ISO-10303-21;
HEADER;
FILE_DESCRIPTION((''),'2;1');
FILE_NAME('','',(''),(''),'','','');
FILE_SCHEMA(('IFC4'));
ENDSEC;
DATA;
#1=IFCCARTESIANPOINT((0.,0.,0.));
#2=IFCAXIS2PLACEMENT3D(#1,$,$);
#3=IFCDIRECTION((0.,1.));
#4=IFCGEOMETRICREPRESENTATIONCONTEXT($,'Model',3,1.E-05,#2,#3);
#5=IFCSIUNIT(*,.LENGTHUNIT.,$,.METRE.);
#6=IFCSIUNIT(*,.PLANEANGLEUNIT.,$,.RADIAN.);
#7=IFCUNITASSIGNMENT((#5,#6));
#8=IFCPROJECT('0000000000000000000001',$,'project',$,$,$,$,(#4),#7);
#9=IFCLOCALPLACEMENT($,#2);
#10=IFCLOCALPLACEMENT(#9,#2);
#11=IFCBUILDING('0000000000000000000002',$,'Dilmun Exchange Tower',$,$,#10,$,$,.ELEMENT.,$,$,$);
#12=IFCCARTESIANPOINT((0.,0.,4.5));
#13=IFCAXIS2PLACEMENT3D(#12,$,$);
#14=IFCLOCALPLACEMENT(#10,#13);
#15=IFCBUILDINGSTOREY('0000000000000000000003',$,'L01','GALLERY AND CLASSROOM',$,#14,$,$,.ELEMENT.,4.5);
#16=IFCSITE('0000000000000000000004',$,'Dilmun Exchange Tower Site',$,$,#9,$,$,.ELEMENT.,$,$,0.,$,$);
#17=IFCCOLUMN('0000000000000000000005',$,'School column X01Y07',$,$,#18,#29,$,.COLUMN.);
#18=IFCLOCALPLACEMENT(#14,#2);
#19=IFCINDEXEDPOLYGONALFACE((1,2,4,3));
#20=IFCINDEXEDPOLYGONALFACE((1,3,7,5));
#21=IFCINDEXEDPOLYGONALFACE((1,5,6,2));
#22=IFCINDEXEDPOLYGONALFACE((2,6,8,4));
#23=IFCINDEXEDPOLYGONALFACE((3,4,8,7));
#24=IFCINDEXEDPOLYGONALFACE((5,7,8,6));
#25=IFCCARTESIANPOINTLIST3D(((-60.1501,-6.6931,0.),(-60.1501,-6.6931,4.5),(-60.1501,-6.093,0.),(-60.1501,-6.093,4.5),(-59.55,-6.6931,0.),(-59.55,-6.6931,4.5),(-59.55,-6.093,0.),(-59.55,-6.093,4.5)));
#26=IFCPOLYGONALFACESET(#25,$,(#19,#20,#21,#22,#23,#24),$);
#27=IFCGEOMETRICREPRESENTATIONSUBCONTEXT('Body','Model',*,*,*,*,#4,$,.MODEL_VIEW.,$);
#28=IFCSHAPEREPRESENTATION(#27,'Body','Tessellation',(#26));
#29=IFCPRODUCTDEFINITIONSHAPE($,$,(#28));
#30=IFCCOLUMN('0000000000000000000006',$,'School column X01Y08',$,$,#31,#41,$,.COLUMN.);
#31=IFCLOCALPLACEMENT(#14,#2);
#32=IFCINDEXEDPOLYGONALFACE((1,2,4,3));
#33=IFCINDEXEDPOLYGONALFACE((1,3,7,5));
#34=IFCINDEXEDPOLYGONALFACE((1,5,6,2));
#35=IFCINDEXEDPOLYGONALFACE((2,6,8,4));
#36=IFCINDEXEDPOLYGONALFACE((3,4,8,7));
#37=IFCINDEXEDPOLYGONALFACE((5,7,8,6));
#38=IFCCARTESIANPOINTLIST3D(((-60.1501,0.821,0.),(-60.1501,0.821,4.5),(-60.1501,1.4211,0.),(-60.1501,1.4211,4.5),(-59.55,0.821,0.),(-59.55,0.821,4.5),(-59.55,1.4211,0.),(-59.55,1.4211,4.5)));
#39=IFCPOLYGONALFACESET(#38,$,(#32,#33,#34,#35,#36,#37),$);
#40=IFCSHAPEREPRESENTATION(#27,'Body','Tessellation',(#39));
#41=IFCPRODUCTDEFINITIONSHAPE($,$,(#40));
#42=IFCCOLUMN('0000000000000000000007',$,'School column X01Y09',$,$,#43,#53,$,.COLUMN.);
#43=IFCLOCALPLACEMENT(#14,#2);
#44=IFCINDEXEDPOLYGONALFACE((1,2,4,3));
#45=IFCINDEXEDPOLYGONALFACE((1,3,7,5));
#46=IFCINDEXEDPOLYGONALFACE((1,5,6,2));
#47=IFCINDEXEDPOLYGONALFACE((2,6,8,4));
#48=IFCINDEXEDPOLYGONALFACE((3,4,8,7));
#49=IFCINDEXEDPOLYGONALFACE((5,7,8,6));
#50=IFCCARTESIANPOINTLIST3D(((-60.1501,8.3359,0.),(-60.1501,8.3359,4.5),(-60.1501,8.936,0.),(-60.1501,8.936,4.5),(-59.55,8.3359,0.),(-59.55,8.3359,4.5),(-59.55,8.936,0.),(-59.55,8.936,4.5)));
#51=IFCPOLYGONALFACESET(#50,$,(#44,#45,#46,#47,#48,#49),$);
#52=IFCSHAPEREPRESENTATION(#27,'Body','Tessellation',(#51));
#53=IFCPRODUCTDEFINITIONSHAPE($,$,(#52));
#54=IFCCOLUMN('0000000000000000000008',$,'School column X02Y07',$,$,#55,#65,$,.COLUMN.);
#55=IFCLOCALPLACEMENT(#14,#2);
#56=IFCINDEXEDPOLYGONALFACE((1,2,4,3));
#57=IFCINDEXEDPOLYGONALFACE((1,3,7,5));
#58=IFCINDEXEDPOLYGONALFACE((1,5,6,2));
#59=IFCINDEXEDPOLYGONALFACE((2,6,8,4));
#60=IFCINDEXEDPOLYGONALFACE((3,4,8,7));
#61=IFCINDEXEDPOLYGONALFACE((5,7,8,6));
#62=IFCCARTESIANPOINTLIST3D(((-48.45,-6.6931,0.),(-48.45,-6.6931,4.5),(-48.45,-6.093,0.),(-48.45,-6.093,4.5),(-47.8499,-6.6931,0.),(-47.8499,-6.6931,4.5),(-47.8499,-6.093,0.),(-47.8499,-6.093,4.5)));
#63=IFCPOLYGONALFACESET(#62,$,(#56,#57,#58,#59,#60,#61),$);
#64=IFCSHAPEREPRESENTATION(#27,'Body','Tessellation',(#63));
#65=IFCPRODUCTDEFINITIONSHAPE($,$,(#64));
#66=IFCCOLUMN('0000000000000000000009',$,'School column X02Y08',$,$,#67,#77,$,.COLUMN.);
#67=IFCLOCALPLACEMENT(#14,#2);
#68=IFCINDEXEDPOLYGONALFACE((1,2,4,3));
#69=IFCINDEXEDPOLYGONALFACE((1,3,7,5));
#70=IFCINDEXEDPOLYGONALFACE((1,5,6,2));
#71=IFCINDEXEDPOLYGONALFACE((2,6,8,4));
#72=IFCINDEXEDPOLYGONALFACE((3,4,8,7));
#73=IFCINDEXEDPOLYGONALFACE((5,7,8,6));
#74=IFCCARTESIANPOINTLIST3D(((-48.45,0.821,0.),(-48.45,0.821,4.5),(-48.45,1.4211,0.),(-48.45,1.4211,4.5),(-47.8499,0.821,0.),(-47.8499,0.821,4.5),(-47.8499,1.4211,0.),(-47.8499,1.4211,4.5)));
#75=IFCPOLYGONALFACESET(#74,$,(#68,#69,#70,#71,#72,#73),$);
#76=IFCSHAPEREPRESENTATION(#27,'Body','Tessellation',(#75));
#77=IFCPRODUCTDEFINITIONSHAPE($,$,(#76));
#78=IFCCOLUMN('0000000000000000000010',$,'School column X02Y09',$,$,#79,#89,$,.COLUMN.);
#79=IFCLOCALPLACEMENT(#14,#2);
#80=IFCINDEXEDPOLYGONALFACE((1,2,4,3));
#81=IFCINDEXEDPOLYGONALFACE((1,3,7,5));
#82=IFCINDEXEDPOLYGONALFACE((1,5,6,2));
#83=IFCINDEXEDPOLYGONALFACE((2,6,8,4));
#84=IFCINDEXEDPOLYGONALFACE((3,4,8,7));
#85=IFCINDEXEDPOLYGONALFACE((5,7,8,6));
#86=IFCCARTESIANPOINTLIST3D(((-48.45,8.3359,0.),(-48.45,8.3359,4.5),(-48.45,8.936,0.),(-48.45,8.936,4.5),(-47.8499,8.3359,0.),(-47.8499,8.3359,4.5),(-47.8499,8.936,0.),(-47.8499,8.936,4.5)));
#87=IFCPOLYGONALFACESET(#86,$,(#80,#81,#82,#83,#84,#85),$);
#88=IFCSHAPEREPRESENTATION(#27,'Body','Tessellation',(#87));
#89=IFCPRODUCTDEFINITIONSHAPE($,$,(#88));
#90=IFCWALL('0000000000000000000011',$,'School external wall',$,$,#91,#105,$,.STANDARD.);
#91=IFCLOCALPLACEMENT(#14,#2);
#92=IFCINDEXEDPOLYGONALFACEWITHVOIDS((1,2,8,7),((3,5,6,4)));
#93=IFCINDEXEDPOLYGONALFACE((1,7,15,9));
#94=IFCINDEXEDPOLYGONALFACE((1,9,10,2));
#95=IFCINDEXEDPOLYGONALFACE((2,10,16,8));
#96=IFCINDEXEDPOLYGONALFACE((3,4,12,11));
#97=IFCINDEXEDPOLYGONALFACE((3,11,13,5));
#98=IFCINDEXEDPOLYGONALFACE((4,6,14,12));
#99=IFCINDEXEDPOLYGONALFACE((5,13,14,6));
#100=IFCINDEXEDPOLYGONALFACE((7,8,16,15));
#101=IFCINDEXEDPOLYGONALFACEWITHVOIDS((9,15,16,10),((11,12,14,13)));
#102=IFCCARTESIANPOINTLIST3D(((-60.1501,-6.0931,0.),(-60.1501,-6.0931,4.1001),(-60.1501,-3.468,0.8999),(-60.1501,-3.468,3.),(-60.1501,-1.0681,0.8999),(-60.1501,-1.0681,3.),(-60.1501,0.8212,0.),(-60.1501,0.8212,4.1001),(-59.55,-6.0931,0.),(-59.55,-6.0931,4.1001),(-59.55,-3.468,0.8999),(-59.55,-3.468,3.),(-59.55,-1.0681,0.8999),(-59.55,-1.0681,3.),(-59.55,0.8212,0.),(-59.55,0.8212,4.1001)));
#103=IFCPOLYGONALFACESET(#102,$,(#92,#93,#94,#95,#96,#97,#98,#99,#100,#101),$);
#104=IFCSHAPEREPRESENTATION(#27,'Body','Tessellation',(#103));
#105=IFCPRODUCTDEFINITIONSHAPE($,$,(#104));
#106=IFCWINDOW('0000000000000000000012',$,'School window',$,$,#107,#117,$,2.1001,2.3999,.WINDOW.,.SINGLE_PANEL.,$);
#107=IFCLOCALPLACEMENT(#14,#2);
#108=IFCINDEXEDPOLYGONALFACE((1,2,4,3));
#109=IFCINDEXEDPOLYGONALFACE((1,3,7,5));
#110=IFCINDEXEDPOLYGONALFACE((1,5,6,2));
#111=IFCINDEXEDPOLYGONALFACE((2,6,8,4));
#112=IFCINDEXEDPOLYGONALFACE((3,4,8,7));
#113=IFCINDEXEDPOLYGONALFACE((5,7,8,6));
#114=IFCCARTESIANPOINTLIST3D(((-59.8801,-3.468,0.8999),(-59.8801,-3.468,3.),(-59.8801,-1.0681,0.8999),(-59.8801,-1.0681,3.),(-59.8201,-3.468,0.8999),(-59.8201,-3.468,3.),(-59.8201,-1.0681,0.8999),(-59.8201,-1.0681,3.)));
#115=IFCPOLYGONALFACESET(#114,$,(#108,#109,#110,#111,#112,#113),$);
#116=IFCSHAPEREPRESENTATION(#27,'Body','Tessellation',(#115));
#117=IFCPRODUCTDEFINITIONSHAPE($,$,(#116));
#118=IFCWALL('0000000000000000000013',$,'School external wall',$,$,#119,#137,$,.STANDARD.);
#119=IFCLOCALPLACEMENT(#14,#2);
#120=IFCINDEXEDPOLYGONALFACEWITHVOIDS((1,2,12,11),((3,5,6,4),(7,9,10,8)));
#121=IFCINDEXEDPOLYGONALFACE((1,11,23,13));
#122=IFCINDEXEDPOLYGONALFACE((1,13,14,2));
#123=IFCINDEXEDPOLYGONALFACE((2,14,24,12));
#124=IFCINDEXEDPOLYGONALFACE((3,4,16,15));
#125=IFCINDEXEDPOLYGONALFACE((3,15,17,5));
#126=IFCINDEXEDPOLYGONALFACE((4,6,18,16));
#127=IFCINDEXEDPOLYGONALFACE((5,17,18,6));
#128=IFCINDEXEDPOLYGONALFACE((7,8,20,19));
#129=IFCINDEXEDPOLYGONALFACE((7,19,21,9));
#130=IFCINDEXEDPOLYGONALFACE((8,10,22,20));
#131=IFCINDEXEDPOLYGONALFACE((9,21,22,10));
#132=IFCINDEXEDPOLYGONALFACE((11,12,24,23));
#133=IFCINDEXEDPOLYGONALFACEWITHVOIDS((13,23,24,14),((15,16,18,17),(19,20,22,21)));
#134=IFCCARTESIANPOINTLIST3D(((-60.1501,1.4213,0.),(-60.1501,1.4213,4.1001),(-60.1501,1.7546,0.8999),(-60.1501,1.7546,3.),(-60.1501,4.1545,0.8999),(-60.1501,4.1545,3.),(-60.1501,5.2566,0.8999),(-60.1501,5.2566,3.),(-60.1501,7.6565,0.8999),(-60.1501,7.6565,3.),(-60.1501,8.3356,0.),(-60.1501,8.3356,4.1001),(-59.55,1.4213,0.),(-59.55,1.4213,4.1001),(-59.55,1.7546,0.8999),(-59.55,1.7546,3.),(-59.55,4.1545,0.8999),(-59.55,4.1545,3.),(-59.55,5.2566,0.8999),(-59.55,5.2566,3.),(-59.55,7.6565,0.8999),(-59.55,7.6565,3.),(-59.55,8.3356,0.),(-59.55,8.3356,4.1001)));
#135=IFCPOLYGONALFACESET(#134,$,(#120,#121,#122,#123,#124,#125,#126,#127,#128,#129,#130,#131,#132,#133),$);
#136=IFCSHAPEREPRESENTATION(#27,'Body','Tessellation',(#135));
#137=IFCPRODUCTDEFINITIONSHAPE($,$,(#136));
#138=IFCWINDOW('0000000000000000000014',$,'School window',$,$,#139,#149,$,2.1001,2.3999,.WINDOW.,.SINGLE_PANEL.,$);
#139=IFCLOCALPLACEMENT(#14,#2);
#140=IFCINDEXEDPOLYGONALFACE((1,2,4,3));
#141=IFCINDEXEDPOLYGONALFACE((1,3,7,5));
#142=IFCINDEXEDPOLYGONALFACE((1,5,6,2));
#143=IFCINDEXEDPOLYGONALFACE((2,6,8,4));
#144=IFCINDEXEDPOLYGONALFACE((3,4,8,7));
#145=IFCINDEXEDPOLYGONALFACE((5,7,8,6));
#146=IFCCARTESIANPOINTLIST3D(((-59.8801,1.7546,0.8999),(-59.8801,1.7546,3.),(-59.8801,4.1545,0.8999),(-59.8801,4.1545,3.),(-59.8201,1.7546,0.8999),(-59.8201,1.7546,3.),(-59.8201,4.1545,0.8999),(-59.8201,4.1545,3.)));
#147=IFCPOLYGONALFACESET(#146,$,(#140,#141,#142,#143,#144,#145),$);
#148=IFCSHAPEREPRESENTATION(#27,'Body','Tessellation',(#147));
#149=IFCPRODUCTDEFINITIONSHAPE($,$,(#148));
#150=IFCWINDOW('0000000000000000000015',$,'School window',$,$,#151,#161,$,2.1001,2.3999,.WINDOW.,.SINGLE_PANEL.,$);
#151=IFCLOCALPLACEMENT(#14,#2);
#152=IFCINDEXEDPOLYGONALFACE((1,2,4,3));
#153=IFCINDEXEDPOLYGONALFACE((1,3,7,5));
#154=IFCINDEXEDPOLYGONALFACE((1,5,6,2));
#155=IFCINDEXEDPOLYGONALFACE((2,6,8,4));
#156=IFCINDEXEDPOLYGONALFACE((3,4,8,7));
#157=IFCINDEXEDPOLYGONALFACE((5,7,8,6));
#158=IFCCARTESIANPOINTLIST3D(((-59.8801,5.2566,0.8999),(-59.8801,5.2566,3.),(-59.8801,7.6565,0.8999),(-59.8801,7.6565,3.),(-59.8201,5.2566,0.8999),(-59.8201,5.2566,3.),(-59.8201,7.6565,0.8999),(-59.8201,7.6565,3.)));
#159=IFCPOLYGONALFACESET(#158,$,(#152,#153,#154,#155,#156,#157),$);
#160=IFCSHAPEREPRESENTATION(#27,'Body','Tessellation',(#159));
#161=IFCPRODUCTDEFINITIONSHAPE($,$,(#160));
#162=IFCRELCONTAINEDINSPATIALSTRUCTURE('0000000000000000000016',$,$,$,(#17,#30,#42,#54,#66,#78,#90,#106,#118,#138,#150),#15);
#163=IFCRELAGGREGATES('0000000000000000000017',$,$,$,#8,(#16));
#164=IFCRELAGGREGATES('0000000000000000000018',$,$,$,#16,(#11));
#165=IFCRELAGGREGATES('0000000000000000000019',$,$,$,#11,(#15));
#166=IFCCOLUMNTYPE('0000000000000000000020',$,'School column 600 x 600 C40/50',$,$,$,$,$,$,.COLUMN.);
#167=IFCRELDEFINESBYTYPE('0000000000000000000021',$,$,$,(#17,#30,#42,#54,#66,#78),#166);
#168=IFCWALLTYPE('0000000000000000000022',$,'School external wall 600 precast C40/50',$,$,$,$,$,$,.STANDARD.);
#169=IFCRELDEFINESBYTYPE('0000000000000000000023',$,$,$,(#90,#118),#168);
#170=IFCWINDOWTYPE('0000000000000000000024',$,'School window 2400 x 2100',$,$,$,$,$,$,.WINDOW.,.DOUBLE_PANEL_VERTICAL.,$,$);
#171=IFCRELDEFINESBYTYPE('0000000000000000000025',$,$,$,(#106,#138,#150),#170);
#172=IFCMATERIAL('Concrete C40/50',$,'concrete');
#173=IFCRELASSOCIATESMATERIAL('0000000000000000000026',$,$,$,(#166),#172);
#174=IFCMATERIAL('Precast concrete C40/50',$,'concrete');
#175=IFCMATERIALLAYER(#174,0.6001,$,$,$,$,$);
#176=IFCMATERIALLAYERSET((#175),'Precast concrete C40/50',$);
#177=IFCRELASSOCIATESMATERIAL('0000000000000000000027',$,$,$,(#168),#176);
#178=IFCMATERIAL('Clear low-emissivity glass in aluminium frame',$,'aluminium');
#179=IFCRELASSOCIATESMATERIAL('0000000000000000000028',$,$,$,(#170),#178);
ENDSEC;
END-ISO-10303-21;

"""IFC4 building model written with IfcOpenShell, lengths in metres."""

from ifc_helpers import new_model, si_unit, direction, frame, frame_2d, origin, origin_2d, place, context, subcontext, project, spatial, rectangle, extrude, material, layer, layer_set, material_profile, profile_set, type_object, element, fill, save


model = new_model("IFC4")

# Units and contexts
model_context = context("Model", 3, precision=1e-05, world=origin(), true_north=direction((0.0, 1.0)))
body_context = subcontext(model_context, "Body", "Model", "MODEL_VIEW")
ifc_project = project(units=[si_unit("LENGTHUNIT", "METRE"), si_unit("PLANEANGLEUNIT", "RADIAN")], contexts=[model_context])

# Site, building, storey
site_placement = place(None, origin())
site = spatial("IfcSite", under=ifc_project, at=site_placement, Name="Dilmun Exchange Tower Site", CompositionType="ELEMENT", RefElevation=0.0)
building_placement = place(site_placement, origin())
building = spatial("IfcBuilding", under=site, at=building_placement, Name="Dilmun Exchange Tower", CompositionType="ELEMENT")
storey_placement = place(building_placement, frame((0.0, 0.0, 4.5)))
storey = spatial("IfcBuildingStorey", under=building, at=storey_placement, Name="L01", Description="GALLERY AND CLASSROOM", CompositionType="ELEMENT", Elevation=4.5)

# Columns
ifc_material_1 = material(Name="Concrete C40/50", Category="concrete")
ifc_material_profile = material_profile(ifc_material_1, rectangle(XDim=0.6001, YDim=0.6001, at=origin_2d()), Name="600 x 600")
ifc_profile_set = profile_set([ifc_material_profile], Name="Concrete C40/50")
column_type = type_object("IfcColumnType", Name="School column 600 x 600 C40/50", PredefinedType="COLUMN", material=ifc_profile_set)
for number, where, z_axis, x_axis, name in (
    (1, (-59.8501, -6.3931, 0.0), (0.0, 0.0, 1.0), (1.0, 0.0, 0.0), "School column X01Y07"),
    (2, (-59.8501, 1.1211, 0.0), (0.0, 0.0, 1.0), (1.0, 0.0, 0.0), "School column X01Y08"),
    (3, (-59.8501, 8.636, 0.0), (0.0, 0.0, 1.0), (1.0, 0.0, 0.0), "School column X01Y09"),
    (4, (-48.1499, -6.3931, 0.0), (0.0, 0.0, 1.0), (1.0, 0.0, 0.0), "School column X02Y07"),
    (5, (-48.1499, 1.1211, 0.0), (0.0, 0.0, 1.0), (1.0, 0.0, 0.0), "School column X02Y08"),
    (6, (-48.1499, 8.636, 0.0), (0.0, 0.0, 1.0), (1.0, 0.0, 0.0), "School column X02Y09"),
):
    element("IfcColumn", number, at=place(storey_placement, frame(where, z_axis=z_axis, x_axis=x_axis)), inside=storey, type_object=column_type, Name=name, PredefinedType="COLUMN", context=body_context, shape_type="SweptSolid", body=[
        extrude(rectangle(XDim=0.6001, YDim=0.6001, at=origin_2d()), origin(), (0.0, 0.0, 1.0), 4.5),
    ])

# Wall, opening, window
ifc_material_2 = material(Name="Precast concrete C40/50", Category="concrete")
ifc_layer_1 = layer(ifc_material_2, 0.6001)
ifc_layer_set_1 = layer_set([ifc_layer_1], Name="Precast concrete C40/50")
wall_type_1 = type_object("IfcWallType", Name="School external wall 600 precast C40/50", PredefinedType="STANDARD", material=ifc_layer_set_1)
wall_1_placement = place(storey_placement, frame((-59.8501, -6.093, 0.0), z_axis=(0.0, 0.0, 1.0), x_axis=(0.0, 1.0, 0.0)))
wall_1 = element("IfcWall", 7, at=wall_1_placement, inside=storey, type_object=wall_type_1, Name="School external wall", PredefinedType="STANDARD", context=body_context, shape_type="SweptSolid", body=[
    extrude(rectangle(XDim=6.9143, YDim=0.6001, at=frame_2d((3.457, 0.0))), origin(), (0.0, 0.0, 1.0), 4.1001),
])
opening_1_placement = place(wall_1_placement, frame((2.625, 0.0, 0.8999)))
opening_1 = element("IfcOpeningElement", 8, at=opening_1_placement, cuts=wall_1, PredefinedType="OPENING", context=body_context, shape_type="SweptSolid", body=[
    extrude(rectangle(XDim=2.3999, YDim=2.1001, at=frame_2d((1.2, 1.05))), frame((0.0, 0.3101, 0.0), z_axis=(0.0, -1.0, 0.0), x_axis=(1.0, 0.0, 0.0)), (0.0, 0.0, 1.0), 0.6201),
])
ifc_material_3 = material(Name="Clear low-emissivity glass in aluminium frame", Category="aluminium")
window_type_1 = type_object("IfcWindowType", Name="School window 2400 x 2100", PartitioningType="DOUBLE_PANEL_VERTICAL", PredefinedType="WINDOW", material=ifc_material_3)
window_1_placement = place(opening_1_placement, origin())
window_1 = element("IfcWindow", 9, at=window_1_placement, inside=storey, type_object=window_type_1, Name="School window", OverallHeight=2.1001, OverallWidth=2.3999, PartitioningType="SINGLE_PANEL", PredefinedType="WINDOW", context=body_context, shape_type="SweptSolid", body=[
    extrude(rectangle(XDim=2.3999, YDim=2.1001, at=frame_2d((1.2, 1.05))), frame((0.0, 0.03, 0.0), z_axis=(0.0, -1.0, 0.0), x_axis=(1.0, 0.0, 0.0)), (0.0, 0.0, 1.0), 0.0601),
])
fill(opening_1, window_1)

# Wall, openings, windows
wall_2_placement = place(storey_placement, frame((-59.8501, 1.4214, 0.0), z_axis=(0.0, 0.0, 1.0), x_axis=(0.0, 1.0, 0.0)))
wall_2 = element("IfcWall", 10, at=wall_2_placement, inside=storey, type_object=wall_type_1, Name="School external wall", PredefinedType="STANDARD", context=body_context, shape_type="SweptSolid", body=[
    extrude(rectangle(XDim=6.9143, YDim=0.6001, at=frame_2d((3.457, 0.0))), origin(), (0.0, 0.0, 1.0), 4.1001),
])
opening_2_placement = place(wall_2_placement, frame((0.3333, 0.0, 0.8999)))
opening_2 = element("IfcOpeningElement", 11, at=opening_2_placement, cuts=wall_2, PredefinedType="OPENING", context=body_context, shape_type="SweptSolid", body=[
    extrude(rectangle(XDim=2.3999, YDim=2.1001, at=frame_2d((1.2, 1.05))), frame((0.0, 0.3101, 0.0), z_axis=(0.0, -1.0, 0.0), x_axis=(1.0, 0.0, 0.0)), (0.0, 0.0, 1.0), 0.6201),
])
opening_3_placement = place(wall_2_placement, frame((3.8352, 0.0, 0.8999)))
opening_3 = element("IfcOpeningElement", 12, at=opening_3_placement, cuts=wall_2, PredefinedType="OPENING", context=body_context, shape_type="SweptSolid", body=[
    extrude(rectangle(XDim=2.3999, YDim=2.1001, at=frame_2d((1.2, 1.05))), frame((0.0, 0.3101, 0.0), z_axis=(0.0, -1.0, 0.0), x_axis=(1.0, 0.0, 0.0)), (0.0, 0.0, 1.0), 0.6201),
])
window_2_placement = place(opening_2_placement, origin())
window_2 = element("IfcWindow", 13, at=window_2_placement, inside=storey, type_object=window_type_1, Name="School window", OverallHeight=2.1001, OverallWidth=2.3999, PartitioningType="SINGLE_PANEL", PredefinedType="WINDOW", context=body_context, shape_type="SweptSolid", body=[
    extrude(rectangle(XDim=2.3999, YDim=2.1001, at=frame_2d((1.2, 1.05))), frame((0.0, 0.03, 0.0), z_axis=(0.0, -1.0, 0.0), x_axis=(1.0, 0.0, 0.0)), (0.0, 0.0, 1.0), 0.0601),
])
fill(opening_2, window_2)
window_3_placement = place(opening_3_placement, origin())
window_3 = element("IfcWindow", 14, at=window_3_placement, inside=storey, type_object=window_type_1, Name="School window", OverallHeight=2.1001, OverallWidth=2.3999, PartitioningType="SINGLE_PANEL", PredefinedType="WINDOW", context=body_context, shape_type="SweptSolid", body=[
    extrude(rectangle(XDim=2.3999, YDim=2.1001, at=frame_2d((1.2, 1.05))), frame((0.0, 0.03, 0.0), z_axis=(0.0, -1.0, 0.0), x_axis=(1.0, 0.0, 0.0)), (0.0, 0.0, 1.0), 0.0601),
])
fill(opening_3, window_3)

save(model, "model.ifc")
